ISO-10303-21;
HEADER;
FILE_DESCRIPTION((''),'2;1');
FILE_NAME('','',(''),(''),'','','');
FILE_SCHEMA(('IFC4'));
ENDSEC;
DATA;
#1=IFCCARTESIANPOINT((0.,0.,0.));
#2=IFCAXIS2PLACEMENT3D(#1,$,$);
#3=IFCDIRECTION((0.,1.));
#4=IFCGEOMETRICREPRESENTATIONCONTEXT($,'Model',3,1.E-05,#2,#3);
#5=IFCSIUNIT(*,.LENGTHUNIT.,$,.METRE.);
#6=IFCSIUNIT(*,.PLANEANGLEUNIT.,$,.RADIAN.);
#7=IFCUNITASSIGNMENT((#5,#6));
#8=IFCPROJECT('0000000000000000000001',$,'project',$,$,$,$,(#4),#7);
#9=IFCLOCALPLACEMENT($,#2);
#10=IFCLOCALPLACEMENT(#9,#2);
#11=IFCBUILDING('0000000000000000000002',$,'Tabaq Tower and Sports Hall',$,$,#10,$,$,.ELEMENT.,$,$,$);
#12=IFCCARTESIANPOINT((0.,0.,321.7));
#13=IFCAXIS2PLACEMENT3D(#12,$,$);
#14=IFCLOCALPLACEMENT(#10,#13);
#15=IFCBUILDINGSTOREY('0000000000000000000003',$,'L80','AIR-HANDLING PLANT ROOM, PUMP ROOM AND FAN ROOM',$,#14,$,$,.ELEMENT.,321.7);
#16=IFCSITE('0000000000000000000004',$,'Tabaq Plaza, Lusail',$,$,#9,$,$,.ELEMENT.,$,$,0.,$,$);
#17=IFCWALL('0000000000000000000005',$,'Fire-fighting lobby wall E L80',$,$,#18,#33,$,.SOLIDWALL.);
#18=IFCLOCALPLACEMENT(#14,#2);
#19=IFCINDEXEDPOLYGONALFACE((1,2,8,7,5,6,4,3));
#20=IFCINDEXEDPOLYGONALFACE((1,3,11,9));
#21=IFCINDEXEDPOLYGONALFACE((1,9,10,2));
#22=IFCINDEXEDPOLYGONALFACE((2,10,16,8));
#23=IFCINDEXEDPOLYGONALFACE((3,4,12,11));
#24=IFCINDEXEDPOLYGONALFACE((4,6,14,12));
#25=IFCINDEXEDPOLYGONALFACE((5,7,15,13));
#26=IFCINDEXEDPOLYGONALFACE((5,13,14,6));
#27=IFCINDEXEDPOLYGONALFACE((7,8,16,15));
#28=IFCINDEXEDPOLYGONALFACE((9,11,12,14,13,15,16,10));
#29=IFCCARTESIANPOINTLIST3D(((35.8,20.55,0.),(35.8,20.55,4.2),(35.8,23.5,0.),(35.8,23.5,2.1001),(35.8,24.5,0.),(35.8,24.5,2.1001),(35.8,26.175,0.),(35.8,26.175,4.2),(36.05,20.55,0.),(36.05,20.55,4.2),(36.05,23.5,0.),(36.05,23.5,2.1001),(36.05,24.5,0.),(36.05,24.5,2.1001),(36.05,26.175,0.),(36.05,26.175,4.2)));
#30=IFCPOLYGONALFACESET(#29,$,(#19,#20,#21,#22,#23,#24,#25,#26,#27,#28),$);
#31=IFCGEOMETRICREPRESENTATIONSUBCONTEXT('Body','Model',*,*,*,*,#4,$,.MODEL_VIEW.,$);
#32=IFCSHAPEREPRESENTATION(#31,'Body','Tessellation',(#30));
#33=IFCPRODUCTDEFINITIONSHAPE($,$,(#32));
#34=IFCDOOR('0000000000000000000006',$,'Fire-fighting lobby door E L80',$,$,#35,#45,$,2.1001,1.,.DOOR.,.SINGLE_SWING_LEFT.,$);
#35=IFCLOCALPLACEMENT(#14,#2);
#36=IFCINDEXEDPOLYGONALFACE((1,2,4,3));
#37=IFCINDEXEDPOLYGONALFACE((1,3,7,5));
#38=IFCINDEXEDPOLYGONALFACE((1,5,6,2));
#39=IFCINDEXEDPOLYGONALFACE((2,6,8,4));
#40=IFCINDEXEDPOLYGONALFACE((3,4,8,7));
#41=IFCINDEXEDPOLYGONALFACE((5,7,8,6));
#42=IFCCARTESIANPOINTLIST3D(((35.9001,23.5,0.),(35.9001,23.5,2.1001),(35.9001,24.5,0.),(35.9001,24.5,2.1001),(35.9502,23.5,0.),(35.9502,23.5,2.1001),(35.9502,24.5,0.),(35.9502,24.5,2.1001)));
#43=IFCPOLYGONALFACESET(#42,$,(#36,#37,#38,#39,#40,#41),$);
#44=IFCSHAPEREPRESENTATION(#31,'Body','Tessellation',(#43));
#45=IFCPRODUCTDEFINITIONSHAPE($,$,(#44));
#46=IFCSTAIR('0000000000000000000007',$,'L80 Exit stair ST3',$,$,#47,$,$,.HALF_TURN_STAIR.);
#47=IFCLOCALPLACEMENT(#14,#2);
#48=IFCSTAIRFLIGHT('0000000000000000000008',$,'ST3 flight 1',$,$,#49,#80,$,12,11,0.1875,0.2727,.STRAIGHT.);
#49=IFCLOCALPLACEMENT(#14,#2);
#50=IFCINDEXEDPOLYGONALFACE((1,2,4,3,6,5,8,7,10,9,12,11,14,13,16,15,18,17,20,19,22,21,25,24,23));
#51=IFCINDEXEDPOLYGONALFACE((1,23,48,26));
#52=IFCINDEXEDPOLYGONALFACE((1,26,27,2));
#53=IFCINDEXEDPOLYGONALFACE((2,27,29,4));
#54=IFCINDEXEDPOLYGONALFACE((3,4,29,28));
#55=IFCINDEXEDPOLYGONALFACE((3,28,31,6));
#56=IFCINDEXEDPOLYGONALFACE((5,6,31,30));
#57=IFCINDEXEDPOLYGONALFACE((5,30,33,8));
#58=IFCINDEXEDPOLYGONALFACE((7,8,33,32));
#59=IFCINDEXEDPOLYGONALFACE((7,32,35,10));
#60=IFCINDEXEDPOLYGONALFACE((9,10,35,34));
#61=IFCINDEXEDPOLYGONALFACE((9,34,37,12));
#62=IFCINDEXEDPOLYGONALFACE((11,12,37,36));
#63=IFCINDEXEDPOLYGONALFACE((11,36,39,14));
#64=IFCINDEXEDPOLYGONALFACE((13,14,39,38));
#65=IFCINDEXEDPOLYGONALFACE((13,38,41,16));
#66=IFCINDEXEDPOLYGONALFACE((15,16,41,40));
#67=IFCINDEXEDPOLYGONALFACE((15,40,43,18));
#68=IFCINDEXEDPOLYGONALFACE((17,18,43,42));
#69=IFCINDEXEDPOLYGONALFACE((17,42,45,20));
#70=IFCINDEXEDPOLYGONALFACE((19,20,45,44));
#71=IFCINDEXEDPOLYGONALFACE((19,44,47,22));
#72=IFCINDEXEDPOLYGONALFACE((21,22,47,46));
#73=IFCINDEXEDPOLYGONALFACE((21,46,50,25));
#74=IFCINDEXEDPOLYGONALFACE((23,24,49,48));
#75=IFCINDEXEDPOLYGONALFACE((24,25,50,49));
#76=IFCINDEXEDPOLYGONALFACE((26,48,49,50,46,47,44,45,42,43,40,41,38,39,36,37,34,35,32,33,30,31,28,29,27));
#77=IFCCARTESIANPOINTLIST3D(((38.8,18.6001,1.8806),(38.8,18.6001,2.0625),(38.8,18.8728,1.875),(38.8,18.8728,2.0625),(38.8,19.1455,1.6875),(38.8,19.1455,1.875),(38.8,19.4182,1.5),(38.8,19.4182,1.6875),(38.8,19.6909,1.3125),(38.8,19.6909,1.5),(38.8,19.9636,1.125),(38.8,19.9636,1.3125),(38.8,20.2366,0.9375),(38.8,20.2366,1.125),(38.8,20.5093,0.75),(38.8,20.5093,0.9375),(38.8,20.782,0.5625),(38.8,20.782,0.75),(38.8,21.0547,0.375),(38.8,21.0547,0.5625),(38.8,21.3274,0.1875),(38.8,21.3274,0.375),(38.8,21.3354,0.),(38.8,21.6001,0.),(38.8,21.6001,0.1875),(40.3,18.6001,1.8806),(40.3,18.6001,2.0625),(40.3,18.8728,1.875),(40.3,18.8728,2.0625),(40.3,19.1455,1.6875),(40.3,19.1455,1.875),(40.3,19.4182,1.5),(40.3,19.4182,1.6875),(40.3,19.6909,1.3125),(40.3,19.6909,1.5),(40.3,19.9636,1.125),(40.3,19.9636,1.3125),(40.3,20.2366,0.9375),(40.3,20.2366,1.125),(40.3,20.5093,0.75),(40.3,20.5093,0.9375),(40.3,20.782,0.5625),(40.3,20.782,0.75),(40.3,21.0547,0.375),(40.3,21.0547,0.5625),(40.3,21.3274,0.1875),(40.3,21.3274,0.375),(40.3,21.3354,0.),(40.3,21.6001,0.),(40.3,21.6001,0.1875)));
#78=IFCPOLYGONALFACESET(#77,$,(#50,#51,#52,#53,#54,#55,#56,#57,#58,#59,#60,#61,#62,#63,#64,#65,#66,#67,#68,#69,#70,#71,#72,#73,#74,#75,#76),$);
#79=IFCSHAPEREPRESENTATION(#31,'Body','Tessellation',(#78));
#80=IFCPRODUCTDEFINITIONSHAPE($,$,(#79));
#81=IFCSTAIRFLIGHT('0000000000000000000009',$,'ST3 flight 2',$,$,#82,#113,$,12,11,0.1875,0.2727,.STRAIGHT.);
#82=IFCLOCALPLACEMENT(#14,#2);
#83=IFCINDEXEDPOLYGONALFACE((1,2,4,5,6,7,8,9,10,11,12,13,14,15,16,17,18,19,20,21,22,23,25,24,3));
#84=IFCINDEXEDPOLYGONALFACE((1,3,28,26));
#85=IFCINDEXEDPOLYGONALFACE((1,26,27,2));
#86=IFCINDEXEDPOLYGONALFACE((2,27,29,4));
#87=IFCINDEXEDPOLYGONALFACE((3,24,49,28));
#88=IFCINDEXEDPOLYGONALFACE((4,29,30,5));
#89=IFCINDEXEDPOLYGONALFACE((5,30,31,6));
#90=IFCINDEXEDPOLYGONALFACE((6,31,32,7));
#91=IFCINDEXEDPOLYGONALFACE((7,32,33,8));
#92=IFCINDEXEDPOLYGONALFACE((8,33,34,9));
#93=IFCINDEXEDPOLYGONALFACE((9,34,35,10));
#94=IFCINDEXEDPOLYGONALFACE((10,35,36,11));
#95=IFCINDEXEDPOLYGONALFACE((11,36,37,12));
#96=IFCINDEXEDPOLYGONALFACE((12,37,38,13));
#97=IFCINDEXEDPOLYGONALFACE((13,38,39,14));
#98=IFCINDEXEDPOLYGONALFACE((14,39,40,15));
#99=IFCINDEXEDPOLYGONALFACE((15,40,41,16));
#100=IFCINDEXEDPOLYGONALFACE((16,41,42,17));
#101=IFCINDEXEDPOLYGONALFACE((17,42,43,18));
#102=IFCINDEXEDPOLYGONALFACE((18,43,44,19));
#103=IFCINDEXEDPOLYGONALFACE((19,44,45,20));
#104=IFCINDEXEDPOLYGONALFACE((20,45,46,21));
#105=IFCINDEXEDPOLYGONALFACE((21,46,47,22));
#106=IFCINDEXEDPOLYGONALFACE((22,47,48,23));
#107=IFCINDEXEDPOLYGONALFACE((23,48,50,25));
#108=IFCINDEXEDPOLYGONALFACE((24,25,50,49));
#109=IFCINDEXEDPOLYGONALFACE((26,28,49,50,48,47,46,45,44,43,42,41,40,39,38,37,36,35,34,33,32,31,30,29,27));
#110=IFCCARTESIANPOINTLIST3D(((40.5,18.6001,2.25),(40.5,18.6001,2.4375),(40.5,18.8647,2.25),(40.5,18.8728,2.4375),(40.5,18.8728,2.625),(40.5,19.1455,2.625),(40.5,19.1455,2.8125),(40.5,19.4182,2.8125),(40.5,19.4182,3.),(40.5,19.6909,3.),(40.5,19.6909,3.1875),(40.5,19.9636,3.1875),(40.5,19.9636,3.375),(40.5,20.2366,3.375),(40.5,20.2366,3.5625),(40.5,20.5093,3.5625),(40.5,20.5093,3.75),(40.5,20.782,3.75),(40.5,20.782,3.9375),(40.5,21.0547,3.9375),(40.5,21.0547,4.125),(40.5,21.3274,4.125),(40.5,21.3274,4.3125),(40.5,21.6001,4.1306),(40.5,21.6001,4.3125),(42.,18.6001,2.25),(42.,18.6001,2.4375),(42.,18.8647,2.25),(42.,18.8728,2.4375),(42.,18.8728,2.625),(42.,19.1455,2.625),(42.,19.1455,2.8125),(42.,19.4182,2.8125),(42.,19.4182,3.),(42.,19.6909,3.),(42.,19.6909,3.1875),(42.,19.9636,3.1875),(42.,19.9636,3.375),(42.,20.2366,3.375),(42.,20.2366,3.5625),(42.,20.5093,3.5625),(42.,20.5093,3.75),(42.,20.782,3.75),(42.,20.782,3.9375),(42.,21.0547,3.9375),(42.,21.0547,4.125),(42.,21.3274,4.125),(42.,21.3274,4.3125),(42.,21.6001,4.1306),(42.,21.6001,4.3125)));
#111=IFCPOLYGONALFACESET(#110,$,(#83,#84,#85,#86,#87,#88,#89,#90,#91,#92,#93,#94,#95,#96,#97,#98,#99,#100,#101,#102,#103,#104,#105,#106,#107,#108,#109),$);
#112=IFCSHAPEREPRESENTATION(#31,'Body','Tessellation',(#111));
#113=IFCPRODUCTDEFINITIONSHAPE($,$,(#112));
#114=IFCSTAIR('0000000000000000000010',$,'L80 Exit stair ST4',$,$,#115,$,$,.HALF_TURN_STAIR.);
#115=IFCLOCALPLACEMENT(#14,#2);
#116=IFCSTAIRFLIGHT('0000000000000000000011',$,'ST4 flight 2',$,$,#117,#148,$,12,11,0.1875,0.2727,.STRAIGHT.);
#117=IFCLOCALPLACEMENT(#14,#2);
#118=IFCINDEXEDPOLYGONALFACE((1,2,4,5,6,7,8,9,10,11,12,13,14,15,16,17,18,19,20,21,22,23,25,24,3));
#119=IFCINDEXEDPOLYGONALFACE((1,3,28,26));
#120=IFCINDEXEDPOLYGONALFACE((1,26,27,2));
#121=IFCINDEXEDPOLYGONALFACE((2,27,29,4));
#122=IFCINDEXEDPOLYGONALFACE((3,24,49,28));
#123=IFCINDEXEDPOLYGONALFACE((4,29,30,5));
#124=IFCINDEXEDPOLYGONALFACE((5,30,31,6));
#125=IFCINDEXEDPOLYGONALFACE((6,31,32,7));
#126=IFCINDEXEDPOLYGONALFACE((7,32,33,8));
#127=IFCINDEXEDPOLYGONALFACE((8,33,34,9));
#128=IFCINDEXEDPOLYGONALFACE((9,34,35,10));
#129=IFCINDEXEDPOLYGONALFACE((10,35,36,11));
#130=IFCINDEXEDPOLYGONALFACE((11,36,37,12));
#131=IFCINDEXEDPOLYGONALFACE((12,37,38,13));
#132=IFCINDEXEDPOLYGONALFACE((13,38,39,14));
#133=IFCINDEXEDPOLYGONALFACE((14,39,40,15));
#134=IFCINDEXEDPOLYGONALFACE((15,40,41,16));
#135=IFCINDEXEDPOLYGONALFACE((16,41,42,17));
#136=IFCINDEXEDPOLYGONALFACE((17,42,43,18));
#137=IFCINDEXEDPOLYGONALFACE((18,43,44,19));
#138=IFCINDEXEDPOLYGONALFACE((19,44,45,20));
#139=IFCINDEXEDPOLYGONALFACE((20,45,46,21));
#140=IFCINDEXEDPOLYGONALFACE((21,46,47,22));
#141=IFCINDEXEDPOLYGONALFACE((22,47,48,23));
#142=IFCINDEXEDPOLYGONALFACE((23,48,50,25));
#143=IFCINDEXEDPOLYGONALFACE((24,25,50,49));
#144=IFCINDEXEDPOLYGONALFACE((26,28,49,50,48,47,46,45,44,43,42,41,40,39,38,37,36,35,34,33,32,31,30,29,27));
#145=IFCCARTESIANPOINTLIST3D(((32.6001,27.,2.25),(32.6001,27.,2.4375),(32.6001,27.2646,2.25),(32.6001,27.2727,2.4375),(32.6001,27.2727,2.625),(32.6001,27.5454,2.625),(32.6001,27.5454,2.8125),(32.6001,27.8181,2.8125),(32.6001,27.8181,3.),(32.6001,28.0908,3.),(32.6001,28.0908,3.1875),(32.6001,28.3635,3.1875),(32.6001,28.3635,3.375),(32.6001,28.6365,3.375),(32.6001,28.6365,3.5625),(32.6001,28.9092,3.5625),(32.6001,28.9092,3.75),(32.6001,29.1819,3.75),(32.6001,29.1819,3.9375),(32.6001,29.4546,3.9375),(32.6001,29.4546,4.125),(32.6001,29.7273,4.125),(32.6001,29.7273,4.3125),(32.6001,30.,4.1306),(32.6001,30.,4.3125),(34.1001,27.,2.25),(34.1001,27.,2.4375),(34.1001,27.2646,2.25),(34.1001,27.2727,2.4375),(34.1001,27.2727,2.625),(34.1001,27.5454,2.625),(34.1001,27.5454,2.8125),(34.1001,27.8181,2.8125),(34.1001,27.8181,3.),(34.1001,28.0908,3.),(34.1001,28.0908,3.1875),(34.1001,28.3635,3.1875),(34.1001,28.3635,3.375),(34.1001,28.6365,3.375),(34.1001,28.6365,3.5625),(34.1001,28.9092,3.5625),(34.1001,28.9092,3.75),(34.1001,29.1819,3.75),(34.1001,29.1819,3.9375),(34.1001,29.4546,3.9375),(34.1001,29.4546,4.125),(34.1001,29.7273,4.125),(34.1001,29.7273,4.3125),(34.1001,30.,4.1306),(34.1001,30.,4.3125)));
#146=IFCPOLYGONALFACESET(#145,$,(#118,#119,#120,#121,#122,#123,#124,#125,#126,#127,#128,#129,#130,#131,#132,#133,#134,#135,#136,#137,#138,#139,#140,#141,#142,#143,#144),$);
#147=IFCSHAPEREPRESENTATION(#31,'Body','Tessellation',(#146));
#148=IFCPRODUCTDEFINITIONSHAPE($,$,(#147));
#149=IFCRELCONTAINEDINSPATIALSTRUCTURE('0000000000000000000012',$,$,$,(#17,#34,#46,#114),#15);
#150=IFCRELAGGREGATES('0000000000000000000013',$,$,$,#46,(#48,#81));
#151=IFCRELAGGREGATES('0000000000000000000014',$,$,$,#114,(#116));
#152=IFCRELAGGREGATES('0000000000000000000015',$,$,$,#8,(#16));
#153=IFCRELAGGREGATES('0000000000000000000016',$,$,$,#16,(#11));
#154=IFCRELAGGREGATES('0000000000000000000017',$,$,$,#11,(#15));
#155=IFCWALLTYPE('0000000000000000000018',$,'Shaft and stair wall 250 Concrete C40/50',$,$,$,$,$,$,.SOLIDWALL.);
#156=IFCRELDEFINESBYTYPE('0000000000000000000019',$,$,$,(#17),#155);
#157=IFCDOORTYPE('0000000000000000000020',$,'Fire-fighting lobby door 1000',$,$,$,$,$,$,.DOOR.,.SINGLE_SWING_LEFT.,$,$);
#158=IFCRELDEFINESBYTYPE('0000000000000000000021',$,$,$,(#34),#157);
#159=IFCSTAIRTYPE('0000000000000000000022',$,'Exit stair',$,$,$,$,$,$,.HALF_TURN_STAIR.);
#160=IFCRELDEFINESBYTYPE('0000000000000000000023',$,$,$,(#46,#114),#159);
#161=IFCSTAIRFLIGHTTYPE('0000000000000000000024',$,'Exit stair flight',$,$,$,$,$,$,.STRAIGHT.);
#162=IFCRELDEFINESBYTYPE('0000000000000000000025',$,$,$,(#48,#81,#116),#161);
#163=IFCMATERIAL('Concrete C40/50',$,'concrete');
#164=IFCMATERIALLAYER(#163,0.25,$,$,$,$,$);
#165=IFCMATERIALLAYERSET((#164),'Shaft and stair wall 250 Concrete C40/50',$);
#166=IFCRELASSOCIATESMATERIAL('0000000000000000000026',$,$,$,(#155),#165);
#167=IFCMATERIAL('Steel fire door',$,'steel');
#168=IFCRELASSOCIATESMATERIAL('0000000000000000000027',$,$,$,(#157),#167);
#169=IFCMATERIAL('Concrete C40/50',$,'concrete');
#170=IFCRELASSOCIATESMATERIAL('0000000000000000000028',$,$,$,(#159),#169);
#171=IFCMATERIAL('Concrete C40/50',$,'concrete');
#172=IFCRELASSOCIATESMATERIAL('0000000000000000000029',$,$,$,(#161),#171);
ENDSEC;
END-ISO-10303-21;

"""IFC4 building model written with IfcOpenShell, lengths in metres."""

from ifc_helpers import new_model, si_unit, direction, frame, frame_2d, origin, place, context, subcontext, project, spatial, polyline, rectangle, outline, extrude, material, layer, layer_set, type_object, element, fill, aggregate, save


model = new_model("IFC4")

# Units and contexts
model_context = context("Model", 3, precision=1e-05, world=origin(), true_north=direction((0.0, 1.0)))
body_context = subcontext(model_context, "Body", "Model", "MODEL_VIEW")
ifc_project = project(units=[si_unit("LENGTHUNIT", "METRE"), si_unit("PLANEANGLEUNIT", "RADIAN")], contexts=[model_context])

# Site, building, storey
site_placement = place(None, origin())
site = spatial("IfcSite", under=ifc_project, at=site_placement, Name="Tabaq Plaza, Lusail", CompositionType="ELEMENT", RefElevation=0.0)
building_placement = place(site_placement, origin())
building = spatial("IfcBuilding", under=site, at=building_placement, Name="Tabaq Tower and Sports Hall", CompositionType="ELEMENT")
storey_placement = place(building_placement, frame((0.0, 0.0, 321.7)))
storey = spatial("IfcBuildingStorey", under=building, at=storey_placement, Name="L80", Description="AIR-HANDLING PLANT ROOM, PUMP ROOM AND FAN ROOM", CompositionType="ELEMENT", Elevation=321.7)

# Shared definitions
ifc_material_1 = material(Name="Concrete C40/50", Category="concrete")
ifc_layer = layer(ifc_material_1, 0.25)
ifc_layer_set = layer_set([ifc_layer], Name="Shaft and stair wall 250 Concrete C40/50")
wall_type = type_object("IfcWallType", Name="Shaft and stair wall 250 Concrete C40/50", PredefinedType="SOLIDWALL", material=ifc_layer_set)

# Wall, opening, door
wall_1_placement = place(storey_placement, frame((35.925, 20.55, 0.0), z_axis=(0.0, 0.0, 1.0), x_axis=(0.0, 1.0, 0.0)))
wall_1 = element("IfcWall", 1, at=wall_1_placement, inside=storey, type_object=wall_type, Name="Fire-fighting lobby wall E L80", PredefinedType="SOLIDWALL", context=body_context, shape_type="SweptSolid", body=[
    extrude(rectangle(XDim=5.625, YDim=0.25, at=frame_2d((2.8125, 0.0))), origin(), (0.0, 0.0, 1.0), 4.2),
])
opening_1_placement = place(wall_1_placement, frame((2.95, 0.0, 0.0)))
opening_1 = element("IfcOpeningElement", 2, at=opening_1_placement, cuts=wall_1, PredefinedType="OPENING", context=body_context, shape_type="SweptSolid", body=[
    extrude(rectangle(XDim=1.0, YDim=2.1001, at=frame_2d((0.5, 1.05))), frame((0.0, 0.125, 0.0), z_axis=(0.0, -1.0, 0.0), x_axis=(1.0, 0.0, 0.0)), (0.0, 0.0, 1.0), 0.25),
])
ifc_material_2 = material(Name="Steel fire door", Category="steel")
door_type_1 = type_object("IfcDoorType", Name="Fire-fighting lobby door 1000", OperationType="SINGLE_SWING_LEFT", PredefinedType="DOOR", material=ifc_material_2)
door_1_placement = place(opening_1_placement, origin())
door_1 = element("IfcDoor", 3, at=door_1_placement, inside=storey, type_object=door_type_1, Name="Fire-fighting lobby door E L80", OperationType="SINGLE_SWING_LEFT", OverallHeight=2.1001, OverallWidth=1.0, PredefinedType="DOOR", context=body_context, shape_type="SweptSolid", body=[
    extrude(rectangle(XDim=1.0, YDim=2.1001, at=frame_2d((0.5, 1.05))), frame((0.0, 0.0249, 0.0), z_axis=(0.0, -1.0, 0.0), x_axis=(1.0, 0.0, 0.0)), (0.0, 0.0, 1.0), 0.05),
])
fill(opening_1, door_1)

# Stair, stair flights
ifc_material_3 = material(Name="Concrete C40/50", Category="concrete")
stair_type = type_object("IfcStairType", Name="Exit stair", PredefinedType="HALF_TURN_STAIR", material=ifc_material_3)
stair_1_placement = place(storey_placement, origin())
stair_1 = element("IfcStair", 4, at=stair_1_placement, inside=storey, type_object=stair_type, Name="L80 Exit stair ST3", PredefinedType="HALF_TURN_STAIR")
ifc_material_4 = material(Name="Concrete C40/50", Category="concrete")
stair_flight_type = type_object("IfcStairFlightType", Name="Exit stair flight", PredefinedType="STRAIGHT", material=ifc_material_4)
stair_flight_1_placement = place(storey_placement, frame((39.55, 21.6001, 0.0), z_axis=(0.0, 0.0, 1.0), x_axis=(0.0, -1.0, 0.0)))
stair_flight_1 = element("IfcStairFlight", 5, at=stair_flight_1_placement, type_object=stair_flight_type, Name="ST3 flight 1", NumberOfRisers=12, NumberOfTreads=11, PredefinedType="STRAIGHT", RiserHeight=0.1875, TreadLength=0.2727, context=body_context, shape_type="SweptSolid", body=[
    extrude(outline(polyline([(0.0, 0.0), (0.0, 0.1875), (0.2727, 0.1875), (0.2727, 0.375), (0.5454, 0.375), (0.5454, 0.5625), (0.8181, 0.5625), (0.8181, 0.75), (1.0908, 0.75), (1.0908, 0.9375), (1.3635, 0.9375), (1.3635, 1.125), (1.6365, 1.125), (1.6365, 1.3125), (1.9092, 1.3125), (1.9092, 1.5), (2.1819, 1.5), (2.1819, 1.6875), (2.4546, 1.6875), (2.4546, 1.875), (2.7273, 1.875), (2.7273, 2.0625), (3.0, 2.0625), (3.0, 2.25), (3.0, 1.8806), (0.2646, 0.0), (0.0, 0.0)])), frame((0.0, 0.75, 0.0), z_axis=(0.0, -1.0, 0.0), x_axis=(1.0, 0.0, 0.0)), (0.0, 0.0, 1.0), 1.5),
])
stair_flight_2_placement = place(storey_placement, frame((41.25, 18.6001, 2.25), z_axis=(0.0, 0.0, 1.0), x_axis=(0.0, 1.0, 0.0)))
stair_flight_2 = element("IfcStairFlight", 6, at=stair_flight_2_placement, type_object=stair_flight_type, Name="ST3 flight 2", NumberOfRisers=12, NumberOfTreads=11, PredefinedType="STRAIGHT", RiserHeight=0.1875, TreadLength=0.2727, context=body_context, shape_type="SweptSolid", body=[
    extrude(outline(polyline([(0.0, 0.0), (0.0, 0.1875), (0.2727, 0.1875), (0.2727, 0.375), (0.5454, 0.375), (0.5454, 0.5625), (0.8181, 0.5625), (0.8181, 0.75), (1.0908, 0.75), (1.0908, 0.9375), (1.3635, 0.9375), (1.3635, 1.125), (1.6365, 1.125), (1.6365, 1.3125), (1.9092, 1.3125), (1.9092, 1.5), (2.1819, 1.5), (2.1819, 1.6875), (2.4546, 1.6875), (2.4546, 1.875), (2.7273, 1.875), (2.7273, 2.0625), (3.0, 2.0625), (3.0, 2.25), (3.0, 1.8806), (0.2646, 0.0), (0.0, 0.0)])), frame((0.0, 0.75, 0.0), z_axis=(0.0, -1.0, 0.0), x_axis=(1.0, 0.0, 0.0)), (0.0, 0.0, 1.0), 1.5),
])
aggregate(stair_1, [stair_flight_1, stair_flight_2])

# Stair, stair flight
stair_2_placement = place(storey_placement, origin())
stair_2 = element("IfcStair", 7, at=stair_2_placement, inside=storey, type_object=stair_type, Name="L80 Exit stair ST4", PredefinedType="HALF_TURN_STAIR")
stair_flight_3_placement = place(storey_placement, frame((33.3501, 27.0, 2.25), z_axis=(0.0, 0.0, 1.0), x_axis=(0.0, 1.0, 0.0)))
stair_flight_3 = element("IfcStairFlight", 8, at=stair_flight_3_placement, type_object=stair_flight_type, Name="ST4 flight 2", NumberOfRisers=12, NumberOfTreads=11, PredefinedType="STRAIGHT", RiserHeight=0.1875, TreadLength=0.2727, context=body_context, shape_type="SweptSolid", body=[
    extrude(outline(polyline([(0.0, 0.0), (0.0, 0.1875), (0.2727, 0.1875), (0.2727, 0.375), (0.5454, 0.375), (0.5454, 0.5625), (0.8181, 0.5625), (0.8181, 0.75), (1.0908, 0.75), (1.0908, 0.9375), (1.3635, 0.9375), (1.3635, 1.125), (1.6365, 1.125), (1.6365, 1.3125), (1.9092, 1.3125), (1.9092, 1.5), (2.1819, 1.5), (2.1819, 1.6875), (2.4546, 1.6875), (2.4546, 1.875), (2.7273, 1.875), (2.7273, 2.0625), (3.0, 2.0625), (3.0, 2.25), (3.0, 1.8806), (0.2646, 0.0), (0.0, 0.0)])), frame((0.0, 0.75, 0.0), z_axis=(0.0, -1.0, 0.0), x_axis=(1.0, 0.0, 0.0)), (0.0, 0.0, 1.0), 1.5),
])
aggregate(stair_2, [stair_flight_3])

save(model, "model.ifc")
